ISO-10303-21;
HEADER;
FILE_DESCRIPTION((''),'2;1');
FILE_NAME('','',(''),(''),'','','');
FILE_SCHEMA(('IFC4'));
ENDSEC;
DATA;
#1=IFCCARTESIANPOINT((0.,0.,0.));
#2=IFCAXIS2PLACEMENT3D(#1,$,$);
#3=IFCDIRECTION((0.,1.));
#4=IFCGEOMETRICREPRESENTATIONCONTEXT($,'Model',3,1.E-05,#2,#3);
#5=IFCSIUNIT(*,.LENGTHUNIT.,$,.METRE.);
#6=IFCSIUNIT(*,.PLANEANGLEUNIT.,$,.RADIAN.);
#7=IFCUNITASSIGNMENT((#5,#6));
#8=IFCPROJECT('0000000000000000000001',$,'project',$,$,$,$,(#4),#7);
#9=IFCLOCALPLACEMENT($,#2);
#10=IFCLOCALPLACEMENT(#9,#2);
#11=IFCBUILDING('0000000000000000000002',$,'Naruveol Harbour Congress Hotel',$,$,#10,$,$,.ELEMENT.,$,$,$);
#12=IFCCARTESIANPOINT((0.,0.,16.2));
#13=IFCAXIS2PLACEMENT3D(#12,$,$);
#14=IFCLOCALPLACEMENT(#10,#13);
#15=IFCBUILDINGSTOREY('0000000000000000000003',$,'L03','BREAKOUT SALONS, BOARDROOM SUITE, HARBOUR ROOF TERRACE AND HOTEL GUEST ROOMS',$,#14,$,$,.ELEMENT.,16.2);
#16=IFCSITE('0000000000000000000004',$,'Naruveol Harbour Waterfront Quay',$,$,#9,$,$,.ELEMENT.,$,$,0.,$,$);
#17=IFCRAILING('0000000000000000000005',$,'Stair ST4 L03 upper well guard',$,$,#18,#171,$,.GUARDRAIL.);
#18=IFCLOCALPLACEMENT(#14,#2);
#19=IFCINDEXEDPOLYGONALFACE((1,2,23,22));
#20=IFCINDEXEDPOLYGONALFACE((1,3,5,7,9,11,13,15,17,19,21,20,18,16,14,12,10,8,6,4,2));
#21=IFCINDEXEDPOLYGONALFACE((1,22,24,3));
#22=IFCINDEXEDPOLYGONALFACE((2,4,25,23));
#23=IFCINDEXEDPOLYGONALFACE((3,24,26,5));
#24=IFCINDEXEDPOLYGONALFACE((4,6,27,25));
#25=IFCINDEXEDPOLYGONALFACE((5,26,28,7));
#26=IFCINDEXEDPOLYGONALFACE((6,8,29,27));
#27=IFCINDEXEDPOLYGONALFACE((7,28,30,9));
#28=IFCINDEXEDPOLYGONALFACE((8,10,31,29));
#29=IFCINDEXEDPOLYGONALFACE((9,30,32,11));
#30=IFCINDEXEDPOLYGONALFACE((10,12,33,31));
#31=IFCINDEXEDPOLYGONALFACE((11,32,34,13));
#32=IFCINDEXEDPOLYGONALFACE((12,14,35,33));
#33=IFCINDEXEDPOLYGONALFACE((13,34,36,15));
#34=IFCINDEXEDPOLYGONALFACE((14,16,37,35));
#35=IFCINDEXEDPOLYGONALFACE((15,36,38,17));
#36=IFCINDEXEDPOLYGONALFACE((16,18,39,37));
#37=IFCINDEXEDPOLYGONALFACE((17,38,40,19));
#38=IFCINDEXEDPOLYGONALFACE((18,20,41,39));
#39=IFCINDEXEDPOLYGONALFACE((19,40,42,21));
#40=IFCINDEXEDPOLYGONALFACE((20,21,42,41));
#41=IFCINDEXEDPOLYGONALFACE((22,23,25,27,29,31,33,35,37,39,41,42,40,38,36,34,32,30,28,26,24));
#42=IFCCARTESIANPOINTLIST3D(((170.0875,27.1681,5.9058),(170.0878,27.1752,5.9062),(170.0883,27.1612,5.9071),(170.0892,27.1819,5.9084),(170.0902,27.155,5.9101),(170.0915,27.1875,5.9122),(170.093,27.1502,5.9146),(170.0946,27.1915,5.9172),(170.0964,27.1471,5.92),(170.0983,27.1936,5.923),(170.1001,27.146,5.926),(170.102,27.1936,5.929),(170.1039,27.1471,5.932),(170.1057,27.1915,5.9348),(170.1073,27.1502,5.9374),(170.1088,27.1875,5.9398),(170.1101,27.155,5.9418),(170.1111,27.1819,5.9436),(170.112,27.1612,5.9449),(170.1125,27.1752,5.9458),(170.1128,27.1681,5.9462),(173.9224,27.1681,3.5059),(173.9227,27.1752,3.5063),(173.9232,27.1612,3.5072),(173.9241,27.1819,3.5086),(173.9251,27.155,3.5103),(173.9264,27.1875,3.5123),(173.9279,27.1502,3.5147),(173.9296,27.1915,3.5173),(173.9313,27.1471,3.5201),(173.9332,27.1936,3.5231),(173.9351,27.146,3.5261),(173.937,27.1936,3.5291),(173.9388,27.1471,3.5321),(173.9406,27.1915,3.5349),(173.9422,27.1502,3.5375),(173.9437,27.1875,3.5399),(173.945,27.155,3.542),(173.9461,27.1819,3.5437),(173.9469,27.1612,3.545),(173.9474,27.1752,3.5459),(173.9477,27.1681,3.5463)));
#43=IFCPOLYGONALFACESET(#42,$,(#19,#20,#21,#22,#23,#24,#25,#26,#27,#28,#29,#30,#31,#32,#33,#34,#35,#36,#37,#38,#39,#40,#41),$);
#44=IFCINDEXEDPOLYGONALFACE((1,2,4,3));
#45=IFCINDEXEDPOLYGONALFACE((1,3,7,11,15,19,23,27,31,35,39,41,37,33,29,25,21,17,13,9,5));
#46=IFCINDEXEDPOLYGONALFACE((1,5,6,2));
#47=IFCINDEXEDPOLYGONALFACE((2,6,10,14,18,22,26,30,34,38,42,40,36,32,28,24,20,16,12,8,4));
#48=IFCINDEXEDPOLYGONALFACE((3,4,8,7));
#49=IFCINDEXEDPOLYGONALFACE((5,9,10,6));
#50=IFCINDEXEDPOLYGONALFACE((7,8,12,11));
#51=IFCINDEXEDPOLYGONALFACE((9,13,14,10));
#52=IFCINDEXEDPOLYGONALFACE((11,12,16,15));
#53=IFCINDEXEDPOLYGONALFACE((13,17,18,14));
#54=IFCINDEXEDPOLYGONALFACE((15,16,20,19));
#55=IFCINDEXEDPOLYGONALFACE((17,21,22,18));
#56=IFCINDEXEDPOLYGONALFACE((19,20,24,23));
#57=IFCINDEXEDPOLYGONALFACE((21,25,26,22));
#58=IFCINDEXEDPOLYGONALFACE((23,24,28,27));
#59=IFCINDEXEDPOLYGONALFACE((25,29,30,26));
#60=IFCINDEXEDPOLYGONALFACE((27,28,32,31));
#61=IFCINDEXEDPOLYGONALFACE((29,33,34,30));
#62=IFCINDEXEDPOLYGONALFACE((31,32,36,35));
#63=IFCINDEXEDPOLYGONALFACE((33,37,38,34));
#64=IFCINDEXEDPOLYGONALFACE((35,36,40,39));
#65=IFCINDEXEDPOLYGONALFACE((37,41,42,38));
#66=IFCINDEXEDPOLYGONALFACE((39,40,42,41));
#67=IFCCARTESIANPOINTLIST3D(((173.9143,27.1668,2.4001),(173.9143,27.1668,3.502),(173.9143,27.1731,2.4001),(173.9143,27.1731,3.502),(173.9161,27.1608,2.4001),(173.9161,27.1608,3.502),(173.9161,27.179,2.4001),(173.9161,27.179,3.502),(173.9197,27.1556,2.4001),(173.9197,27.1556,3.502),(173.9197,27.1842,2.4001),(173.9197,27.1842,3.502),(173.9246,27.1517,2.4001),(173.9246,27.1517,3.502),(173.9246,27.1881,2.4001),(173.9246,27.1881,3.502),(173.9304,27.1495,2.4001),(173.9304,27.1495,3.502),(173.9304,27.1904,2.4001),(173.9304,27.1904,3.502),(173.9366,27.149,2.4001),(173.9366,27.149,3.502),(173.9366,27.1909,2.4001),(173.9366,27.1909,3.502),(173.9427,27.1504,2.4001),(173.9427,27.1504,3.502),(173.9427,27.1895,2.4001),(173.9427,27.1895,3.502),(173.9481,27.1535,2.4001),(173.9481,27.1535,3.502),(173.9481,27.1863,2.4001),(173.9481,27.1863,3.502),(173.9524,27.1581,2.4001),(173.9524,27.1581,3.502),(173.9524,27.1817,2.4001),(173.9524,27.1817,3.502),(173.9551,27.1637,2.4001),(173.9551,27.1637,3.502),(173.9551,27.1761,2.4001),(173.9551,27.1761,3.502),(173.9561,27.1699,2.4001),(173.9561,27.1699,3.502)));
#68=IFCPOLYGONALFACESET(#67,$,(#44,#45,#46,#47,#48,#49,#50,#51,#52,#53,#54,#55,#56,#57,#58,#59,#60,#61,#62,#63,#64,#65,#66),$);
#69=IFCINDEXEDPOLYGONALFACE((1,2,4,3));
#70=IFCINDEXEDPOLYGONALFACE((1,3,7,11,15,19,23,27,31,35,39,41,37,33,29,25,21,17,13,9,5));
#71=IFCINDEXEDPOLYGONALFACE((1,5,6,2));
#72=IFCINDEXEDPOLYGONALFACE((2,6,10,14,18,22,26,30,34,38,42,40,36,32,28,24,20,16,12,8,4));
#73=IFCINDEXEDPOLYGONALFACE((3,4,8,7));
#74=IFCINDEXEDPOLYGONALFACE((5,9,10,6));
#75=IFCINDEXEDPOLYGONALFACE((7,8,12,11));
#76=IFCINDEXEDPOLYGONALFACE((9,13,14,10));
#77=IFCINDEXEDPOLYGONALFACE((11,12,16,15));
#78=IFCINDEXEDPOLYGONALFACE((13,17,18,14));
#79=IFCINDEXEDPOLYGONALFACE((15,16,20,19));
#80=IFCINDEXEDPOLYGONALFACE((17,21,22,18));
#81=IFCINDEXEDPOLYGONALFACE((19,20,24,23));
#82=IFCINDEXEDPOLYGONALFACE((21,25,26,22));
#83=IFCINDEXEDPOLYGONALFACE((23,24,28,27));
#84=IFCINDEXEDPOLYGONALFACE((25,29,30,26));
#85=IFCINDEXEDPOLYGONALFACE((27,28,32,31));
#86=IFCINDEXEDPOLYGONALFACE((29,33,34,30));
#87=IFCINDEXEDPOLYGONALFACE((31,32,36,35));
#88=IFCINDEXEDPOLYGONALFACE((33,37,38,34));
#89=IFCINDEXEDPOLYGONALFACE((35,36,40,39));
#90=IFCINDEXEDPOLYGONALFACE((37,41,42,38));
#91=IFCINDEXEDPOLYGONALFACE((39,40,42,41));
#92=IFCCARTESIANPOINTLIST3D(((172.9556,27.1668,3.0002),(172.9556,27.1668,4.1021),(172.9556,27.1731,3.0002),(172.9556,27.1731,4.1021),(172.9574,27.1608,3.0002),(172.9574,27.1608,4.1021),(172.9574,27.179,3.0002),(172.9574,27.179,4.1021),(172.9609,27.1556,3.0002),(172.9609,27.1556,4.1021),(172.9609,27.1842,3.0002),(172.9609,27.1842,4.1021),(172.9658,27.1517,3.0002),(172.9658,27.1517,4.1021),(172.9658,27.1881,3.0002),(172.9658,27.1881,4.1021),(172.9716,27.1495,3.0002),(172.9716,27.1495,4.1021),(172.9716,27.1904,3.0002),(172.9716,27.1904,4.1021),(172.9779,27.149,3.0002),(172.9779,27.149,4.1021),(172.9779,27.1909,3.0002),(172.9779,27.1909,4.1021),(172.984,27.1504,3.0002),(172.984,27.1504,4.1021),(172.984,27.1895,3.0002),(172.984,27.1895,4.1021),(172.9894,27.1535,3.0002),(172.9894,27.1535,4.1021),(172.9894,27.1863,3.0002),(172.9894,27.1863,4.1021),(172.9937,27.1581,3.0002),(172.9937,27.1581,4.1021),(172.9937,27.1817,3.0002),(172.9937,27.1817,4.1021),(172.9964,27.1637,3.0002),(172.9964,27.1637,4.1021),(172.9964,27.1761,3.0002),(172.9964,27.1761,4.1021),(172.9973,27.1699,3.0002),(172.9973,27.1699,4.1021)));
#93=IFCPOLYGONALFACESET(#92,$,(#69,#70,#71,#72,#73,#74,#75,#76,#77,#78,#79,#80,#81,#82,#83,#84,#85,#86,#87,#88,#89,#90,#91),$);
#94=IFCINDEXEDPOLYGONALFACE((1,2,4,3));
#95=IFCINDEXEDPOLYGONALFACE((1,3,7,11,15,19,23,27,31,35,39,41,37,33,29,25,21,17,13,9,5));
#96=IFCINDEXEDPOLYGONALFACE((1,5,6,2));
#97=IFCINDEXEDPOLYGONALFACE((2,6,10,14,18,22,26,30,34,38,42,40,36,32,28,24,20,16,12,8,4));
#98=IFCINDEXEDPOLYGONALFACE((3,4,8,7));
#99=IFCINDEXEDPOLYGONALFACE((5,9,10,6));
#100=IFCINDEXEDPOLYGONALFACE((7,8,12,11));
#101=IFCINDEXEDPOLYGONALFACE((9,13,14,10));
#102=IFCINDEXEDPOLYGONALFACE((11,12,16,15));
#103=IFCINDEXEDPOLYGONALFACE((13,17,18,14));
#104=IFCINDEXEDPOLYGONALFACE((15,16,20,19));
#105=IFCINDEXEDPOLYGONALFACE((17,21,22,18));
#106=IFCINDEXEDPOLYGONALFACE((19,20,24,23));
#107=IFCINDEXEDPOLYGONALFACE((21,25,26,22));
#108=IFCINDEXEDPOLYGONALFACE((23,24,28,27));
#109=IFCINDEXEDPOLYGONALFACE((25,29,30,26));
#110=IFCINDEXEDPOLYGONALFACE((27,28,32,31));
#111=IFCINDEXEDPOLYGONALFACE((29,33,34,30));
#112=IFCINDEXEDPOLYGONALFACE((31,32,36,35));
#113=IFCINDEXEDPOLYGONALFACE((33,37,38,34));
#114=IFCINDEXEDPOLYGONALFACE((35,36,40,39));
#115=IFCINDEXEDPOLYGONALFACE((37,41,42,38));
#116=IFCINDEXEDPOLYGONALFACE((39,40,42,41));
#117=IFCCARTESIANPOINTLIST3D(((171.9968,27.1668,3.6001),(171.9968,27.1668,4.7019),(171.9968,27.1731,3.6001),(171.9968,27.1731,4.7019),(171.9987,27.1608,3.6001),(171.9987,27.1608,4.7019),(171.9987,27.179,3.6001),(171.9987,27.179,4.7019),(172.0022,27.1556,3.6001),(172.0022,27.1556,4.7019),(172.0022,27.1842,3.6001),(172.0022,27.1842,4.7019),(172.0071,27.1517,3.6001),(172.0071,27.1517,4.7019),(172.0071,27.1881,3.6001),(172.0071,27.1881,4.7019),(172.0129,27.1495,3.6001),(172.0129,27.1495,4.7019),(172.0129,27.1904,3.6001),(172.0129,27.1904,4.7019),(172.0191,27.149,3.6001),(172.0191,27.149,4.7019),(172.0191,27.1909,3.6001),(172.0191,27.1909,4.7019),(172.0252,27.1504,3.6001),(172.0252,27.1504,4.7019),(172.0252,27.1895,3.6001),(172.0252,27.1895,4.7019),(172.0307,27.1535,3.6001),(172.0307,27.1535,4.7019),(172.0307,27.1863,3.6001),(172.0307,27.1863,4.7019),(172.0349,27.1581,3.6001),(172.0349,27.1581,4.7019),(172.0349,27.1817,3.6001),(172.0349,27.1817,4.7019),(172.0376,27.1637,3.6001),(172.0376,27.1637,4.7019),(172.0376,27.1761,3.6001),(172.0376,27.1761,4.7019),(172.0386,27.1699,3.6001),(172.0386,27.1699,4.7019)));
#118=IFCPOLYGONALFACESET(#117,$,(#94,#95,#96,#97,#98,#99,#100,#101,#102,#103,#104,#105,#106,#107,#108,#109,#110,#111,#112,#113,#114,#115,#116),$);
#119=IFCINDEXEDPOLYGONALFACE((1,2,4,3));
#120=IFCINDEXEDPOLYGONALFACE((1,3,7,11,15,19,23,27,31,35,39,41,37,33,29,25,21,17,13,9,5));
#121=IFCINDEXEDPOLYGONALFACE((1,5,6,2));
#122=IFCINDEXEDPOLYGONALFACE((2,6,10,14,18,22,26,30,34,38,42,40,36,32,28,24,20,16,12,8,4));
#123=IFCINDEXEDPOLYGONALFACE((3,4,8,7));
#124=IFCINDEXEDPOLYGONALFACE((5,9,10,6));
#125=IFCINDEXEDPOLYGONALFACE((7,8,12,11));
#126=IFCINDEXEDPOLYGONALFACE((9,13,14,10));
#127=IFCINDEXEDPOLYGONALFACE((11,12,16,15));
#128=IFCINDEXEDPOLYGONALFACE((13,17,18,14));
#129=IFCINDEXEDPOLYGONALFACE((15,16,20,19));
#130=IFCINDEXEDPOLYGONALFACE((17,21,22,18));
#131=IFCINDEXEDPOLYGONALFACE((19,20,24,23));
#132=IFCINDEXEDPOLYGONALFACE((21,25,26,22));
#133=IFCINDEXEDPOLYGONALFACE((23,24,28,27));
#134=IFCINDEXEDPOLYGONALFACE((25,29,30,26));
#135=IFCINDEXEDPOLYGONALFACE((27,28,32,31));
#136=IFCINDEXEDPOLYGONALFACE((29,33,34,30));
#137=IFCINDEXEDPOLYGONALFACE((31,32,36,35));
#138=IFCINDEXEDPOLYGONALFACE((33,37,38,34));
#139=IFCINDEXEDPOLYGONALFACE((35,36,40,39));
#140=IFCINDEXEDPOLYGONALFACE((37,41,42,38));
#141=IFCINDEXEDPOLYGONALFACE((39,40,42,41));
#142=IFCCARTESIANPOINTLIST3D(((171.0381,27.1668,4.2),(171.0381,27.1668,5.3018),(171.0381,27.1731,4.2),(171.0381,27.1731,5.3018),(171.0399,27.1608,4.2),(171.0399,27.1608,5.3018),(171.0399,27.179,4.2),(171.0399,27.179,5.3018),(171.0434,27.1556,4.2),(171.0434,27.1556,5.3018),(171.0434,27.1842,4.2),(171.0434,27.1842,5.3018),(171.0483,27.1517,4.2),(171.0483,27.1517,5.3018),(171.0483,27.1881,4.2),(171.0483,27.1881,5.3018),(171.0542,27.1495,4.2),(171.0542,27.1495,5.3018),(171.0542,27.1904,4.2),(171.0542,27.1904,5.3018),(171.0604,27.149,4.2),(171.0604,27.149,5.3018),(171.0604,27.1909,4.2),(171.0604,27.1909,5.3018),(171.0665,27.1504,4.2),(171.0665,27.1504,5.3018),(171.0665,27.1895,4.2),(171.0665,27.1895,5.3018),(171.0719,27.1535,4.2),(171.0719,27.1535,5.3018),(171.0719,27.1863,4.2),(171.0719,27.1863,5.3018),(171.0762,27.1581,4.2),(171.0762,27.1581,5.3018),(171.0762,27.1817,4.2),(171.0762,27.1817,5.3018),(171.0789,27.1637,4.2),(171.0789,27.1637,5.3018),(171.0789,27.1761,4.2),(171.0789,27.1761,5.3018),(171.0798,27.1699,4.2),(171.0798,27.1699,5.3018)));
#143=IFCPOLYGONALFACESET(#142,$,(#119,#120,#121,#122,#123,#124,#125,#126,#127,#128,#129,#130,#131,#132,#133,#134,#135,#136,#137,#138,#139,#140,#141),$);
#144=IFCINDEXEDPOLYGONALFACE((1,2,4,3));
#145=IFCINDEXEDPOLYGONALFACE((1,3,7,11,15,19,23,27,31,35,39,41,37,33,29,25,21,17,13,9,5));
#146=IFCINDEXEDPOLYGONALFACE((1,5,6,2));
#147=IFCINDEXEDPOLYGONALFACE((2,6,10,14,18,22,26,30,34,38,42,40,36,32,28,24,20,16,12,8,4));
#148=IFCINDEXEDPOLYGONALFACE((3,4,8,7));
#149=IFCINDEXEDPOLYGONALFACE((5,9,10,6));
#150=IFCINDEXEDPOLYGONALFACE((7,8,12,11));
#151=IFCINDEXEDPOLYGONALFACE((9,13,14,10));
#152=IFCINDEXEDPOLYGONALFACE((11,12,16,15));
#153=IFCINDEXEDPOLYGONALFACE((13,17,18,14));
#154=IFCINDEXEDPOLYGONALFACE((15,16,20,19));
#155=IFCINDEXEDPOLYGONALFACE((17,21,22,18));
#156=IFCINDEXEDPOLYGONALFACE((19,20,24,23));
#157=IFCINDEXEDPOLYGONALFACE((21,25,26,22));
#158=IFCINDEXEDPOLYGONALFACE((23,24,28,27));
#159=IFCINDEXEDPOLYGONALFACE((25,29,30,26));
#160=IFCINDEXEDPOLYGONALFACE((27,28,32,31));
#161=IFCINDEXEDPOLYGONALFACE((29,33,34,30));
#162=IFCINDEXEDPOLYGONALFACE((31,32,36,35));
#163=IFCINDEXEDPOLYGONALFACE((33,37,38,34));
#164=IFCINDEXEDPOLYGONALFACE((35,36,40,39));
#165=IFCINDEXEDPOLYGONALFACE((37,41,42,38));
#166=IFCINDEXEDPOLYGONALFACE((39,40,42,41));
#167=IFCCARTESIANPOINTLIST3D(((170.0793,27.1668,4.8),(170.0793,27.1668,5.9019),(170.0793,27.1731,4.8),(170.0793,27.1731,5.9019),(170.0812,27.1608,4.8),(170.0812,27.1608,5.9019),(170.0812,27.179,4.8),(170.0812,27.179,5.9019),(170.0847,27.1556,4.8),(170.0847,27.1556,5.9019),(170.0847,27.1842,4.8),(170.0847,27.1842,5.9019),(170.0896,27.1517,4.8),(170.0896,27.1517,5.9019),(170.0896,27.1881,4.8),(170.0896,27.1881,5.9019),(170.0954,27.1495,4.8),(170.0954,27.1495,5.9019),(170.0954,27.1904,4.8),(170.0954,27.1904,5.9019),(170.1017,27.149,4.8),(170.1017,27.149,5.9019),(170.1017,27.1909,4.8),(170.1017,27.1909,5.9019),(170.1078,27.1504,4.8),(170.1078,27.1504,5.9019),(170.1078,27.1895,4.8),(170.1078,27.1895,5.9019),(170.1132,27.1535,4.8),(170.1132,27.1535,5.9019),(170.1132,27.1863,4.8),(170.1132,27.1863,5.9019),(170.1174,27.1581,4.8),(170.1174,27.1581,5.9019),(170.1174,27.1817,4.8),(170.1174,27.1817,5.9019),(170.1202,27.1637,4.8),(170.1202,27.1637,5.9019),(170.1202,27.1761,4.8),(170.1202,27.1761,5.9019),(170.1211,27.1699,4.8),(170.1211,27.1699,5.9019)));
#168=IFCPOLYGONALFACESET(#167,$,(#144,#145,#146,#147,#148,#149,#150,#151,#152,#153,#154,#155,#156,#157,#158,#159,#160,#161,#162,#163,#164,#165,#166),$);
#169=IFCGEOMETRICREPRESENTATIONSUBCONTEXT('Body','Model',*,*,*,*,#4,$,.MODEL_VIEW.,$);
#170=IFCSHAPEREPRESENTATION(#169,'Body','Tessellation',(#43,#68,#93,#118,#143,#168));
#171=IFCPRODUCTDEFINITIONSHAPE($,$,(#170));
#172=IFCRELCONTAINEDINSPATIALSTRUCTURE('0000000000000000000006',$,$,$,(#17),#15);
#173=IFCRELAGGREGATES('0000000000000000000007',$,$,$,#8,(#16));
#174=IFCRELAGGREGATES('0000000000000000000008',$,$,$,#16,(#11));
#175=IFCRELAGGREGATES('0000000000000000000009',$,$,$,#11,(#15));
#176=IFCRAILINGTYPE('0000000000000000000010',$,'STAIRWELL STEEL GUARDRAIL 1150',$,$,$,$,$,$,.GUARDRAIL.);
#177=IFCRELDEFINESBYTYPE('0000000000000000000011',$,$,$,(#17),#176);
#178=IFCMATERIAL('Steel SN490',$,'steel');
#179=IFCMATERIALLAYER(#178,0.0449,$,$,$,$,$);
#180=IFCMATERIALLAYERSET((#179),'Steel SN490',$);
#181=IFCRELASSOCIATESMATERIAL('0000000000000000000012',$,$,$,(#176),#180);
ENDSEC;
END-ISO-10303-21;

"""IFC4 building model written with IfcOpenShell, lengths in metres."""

from ifc_helpers import new_model, si_unit, direction, frame, origin, origin_2d, place, context, subcontext, project, spatial, circle, extrude, material, layer, layer_set, type_object, element, save


model = new_model("IFC4")

# Units and contexts
model_context = context("Model", 3, precision=1e-05, world=origin(), true_north=direction((0.0, 1.0)))
body_context = subcontext(model_context, "Body", "Model", "MODEL_VIEW")
ifc_project = project(units=[si_unit("LENGTHUNIT", "METRE"), si_unit("PLANEANGLEUNIT", "RADIAN")], contexts=[model_context])

# Site, building, storey
site_placement = place(None, origin())
site = spatial("IfcSite", under=ifc_project, at=site_placement, Name="Naruveol Harbour Waterfront Quay", CompositionType="ELEMENT", RefElevation=0.0)
building_placement = place(site_placement, origin())
building = spatial("IfcBuilding", under=site, at=building_placement, Name="Naruveol Harbour Congress Hotel", CompositionType="ELEMENT")
storey_placement = place(building_placement, frame((0.0, 0.0, 16.2)))
storey = spatial("IfcBuildingStorey", under=building, at=storey_placement, Name="L03", Description="BREAKOUT SALONS, BOARDROOM SUITE, HARBOUR ROOF TERRACE AND HOTEL GUEST ROOMS", CompositionType="ELEMENT", Elevation=16.2)

# Railing
ifc_material_1 = material(Name="Steel SN490", Category="steel")
ifc_layer_1 = layer(ifc_material_1, 0.0449)
ifc_layer_set_1 = layer_set([ifc_layer_1], Name="Steel SN490")
railing_type_1 = type_object("IfcRailingType", Name="STAIRWELL STEEL GUARDRAIL 1150", PredefinedType="GUARDRAIL", material=ifc_layer_set_1)
railing_1_placement = place(storey_placement, frame((173.9351, 27.1699, 2.4001)))
element("IfcRailing", 1, at=railing_1_placement, inside=storey, type_object=railing_type_1, Name="Stair ST4 L03 upper well guard", PredefinedType="GUARDRAIL", context=body_context, shape_type="SweptSolid", body=[
    extrude(circle(Radius=0.0239, at=origin_2d()), frame((0.0, 0.0, 1.126), z_axis=(-0.847695, 0.0, 0.530484), x_axis=(0.0, -1.0, 0.0)), (0.0, 0.0, 1.0), 4.5239),
    extrude(circle(Radius=0.021, at=origin_2d()), origin(), (0.0, 0.0, 1.0), 1.1018),
    extrude(circle(Radius=0.021, at=origin_2d()), frame((-0.9587, 0.0, 0.6001)), (0.0, 0.0, 1.0), 1.1018),
    extrude(circle(Radius=0.021, at=origin_2d()), frame((-1.9175, 0.0, 1.2)), (0.0, 0.0, 1.0), 1.1018),
    extrude(circle(Radius=0.021, at=origin_2d()), frame((-2.8762, 0.0, 1.7998)), (0.0, 0.0, 1.0), 1.1018),
    extrude(circle(Radius=0.021, at=origin_2d()), frame((-3.835, 0.0, 2.3999)), (0.0, 0.0, 1.0), 1.1018),
])

save(model, "model.ifc")
